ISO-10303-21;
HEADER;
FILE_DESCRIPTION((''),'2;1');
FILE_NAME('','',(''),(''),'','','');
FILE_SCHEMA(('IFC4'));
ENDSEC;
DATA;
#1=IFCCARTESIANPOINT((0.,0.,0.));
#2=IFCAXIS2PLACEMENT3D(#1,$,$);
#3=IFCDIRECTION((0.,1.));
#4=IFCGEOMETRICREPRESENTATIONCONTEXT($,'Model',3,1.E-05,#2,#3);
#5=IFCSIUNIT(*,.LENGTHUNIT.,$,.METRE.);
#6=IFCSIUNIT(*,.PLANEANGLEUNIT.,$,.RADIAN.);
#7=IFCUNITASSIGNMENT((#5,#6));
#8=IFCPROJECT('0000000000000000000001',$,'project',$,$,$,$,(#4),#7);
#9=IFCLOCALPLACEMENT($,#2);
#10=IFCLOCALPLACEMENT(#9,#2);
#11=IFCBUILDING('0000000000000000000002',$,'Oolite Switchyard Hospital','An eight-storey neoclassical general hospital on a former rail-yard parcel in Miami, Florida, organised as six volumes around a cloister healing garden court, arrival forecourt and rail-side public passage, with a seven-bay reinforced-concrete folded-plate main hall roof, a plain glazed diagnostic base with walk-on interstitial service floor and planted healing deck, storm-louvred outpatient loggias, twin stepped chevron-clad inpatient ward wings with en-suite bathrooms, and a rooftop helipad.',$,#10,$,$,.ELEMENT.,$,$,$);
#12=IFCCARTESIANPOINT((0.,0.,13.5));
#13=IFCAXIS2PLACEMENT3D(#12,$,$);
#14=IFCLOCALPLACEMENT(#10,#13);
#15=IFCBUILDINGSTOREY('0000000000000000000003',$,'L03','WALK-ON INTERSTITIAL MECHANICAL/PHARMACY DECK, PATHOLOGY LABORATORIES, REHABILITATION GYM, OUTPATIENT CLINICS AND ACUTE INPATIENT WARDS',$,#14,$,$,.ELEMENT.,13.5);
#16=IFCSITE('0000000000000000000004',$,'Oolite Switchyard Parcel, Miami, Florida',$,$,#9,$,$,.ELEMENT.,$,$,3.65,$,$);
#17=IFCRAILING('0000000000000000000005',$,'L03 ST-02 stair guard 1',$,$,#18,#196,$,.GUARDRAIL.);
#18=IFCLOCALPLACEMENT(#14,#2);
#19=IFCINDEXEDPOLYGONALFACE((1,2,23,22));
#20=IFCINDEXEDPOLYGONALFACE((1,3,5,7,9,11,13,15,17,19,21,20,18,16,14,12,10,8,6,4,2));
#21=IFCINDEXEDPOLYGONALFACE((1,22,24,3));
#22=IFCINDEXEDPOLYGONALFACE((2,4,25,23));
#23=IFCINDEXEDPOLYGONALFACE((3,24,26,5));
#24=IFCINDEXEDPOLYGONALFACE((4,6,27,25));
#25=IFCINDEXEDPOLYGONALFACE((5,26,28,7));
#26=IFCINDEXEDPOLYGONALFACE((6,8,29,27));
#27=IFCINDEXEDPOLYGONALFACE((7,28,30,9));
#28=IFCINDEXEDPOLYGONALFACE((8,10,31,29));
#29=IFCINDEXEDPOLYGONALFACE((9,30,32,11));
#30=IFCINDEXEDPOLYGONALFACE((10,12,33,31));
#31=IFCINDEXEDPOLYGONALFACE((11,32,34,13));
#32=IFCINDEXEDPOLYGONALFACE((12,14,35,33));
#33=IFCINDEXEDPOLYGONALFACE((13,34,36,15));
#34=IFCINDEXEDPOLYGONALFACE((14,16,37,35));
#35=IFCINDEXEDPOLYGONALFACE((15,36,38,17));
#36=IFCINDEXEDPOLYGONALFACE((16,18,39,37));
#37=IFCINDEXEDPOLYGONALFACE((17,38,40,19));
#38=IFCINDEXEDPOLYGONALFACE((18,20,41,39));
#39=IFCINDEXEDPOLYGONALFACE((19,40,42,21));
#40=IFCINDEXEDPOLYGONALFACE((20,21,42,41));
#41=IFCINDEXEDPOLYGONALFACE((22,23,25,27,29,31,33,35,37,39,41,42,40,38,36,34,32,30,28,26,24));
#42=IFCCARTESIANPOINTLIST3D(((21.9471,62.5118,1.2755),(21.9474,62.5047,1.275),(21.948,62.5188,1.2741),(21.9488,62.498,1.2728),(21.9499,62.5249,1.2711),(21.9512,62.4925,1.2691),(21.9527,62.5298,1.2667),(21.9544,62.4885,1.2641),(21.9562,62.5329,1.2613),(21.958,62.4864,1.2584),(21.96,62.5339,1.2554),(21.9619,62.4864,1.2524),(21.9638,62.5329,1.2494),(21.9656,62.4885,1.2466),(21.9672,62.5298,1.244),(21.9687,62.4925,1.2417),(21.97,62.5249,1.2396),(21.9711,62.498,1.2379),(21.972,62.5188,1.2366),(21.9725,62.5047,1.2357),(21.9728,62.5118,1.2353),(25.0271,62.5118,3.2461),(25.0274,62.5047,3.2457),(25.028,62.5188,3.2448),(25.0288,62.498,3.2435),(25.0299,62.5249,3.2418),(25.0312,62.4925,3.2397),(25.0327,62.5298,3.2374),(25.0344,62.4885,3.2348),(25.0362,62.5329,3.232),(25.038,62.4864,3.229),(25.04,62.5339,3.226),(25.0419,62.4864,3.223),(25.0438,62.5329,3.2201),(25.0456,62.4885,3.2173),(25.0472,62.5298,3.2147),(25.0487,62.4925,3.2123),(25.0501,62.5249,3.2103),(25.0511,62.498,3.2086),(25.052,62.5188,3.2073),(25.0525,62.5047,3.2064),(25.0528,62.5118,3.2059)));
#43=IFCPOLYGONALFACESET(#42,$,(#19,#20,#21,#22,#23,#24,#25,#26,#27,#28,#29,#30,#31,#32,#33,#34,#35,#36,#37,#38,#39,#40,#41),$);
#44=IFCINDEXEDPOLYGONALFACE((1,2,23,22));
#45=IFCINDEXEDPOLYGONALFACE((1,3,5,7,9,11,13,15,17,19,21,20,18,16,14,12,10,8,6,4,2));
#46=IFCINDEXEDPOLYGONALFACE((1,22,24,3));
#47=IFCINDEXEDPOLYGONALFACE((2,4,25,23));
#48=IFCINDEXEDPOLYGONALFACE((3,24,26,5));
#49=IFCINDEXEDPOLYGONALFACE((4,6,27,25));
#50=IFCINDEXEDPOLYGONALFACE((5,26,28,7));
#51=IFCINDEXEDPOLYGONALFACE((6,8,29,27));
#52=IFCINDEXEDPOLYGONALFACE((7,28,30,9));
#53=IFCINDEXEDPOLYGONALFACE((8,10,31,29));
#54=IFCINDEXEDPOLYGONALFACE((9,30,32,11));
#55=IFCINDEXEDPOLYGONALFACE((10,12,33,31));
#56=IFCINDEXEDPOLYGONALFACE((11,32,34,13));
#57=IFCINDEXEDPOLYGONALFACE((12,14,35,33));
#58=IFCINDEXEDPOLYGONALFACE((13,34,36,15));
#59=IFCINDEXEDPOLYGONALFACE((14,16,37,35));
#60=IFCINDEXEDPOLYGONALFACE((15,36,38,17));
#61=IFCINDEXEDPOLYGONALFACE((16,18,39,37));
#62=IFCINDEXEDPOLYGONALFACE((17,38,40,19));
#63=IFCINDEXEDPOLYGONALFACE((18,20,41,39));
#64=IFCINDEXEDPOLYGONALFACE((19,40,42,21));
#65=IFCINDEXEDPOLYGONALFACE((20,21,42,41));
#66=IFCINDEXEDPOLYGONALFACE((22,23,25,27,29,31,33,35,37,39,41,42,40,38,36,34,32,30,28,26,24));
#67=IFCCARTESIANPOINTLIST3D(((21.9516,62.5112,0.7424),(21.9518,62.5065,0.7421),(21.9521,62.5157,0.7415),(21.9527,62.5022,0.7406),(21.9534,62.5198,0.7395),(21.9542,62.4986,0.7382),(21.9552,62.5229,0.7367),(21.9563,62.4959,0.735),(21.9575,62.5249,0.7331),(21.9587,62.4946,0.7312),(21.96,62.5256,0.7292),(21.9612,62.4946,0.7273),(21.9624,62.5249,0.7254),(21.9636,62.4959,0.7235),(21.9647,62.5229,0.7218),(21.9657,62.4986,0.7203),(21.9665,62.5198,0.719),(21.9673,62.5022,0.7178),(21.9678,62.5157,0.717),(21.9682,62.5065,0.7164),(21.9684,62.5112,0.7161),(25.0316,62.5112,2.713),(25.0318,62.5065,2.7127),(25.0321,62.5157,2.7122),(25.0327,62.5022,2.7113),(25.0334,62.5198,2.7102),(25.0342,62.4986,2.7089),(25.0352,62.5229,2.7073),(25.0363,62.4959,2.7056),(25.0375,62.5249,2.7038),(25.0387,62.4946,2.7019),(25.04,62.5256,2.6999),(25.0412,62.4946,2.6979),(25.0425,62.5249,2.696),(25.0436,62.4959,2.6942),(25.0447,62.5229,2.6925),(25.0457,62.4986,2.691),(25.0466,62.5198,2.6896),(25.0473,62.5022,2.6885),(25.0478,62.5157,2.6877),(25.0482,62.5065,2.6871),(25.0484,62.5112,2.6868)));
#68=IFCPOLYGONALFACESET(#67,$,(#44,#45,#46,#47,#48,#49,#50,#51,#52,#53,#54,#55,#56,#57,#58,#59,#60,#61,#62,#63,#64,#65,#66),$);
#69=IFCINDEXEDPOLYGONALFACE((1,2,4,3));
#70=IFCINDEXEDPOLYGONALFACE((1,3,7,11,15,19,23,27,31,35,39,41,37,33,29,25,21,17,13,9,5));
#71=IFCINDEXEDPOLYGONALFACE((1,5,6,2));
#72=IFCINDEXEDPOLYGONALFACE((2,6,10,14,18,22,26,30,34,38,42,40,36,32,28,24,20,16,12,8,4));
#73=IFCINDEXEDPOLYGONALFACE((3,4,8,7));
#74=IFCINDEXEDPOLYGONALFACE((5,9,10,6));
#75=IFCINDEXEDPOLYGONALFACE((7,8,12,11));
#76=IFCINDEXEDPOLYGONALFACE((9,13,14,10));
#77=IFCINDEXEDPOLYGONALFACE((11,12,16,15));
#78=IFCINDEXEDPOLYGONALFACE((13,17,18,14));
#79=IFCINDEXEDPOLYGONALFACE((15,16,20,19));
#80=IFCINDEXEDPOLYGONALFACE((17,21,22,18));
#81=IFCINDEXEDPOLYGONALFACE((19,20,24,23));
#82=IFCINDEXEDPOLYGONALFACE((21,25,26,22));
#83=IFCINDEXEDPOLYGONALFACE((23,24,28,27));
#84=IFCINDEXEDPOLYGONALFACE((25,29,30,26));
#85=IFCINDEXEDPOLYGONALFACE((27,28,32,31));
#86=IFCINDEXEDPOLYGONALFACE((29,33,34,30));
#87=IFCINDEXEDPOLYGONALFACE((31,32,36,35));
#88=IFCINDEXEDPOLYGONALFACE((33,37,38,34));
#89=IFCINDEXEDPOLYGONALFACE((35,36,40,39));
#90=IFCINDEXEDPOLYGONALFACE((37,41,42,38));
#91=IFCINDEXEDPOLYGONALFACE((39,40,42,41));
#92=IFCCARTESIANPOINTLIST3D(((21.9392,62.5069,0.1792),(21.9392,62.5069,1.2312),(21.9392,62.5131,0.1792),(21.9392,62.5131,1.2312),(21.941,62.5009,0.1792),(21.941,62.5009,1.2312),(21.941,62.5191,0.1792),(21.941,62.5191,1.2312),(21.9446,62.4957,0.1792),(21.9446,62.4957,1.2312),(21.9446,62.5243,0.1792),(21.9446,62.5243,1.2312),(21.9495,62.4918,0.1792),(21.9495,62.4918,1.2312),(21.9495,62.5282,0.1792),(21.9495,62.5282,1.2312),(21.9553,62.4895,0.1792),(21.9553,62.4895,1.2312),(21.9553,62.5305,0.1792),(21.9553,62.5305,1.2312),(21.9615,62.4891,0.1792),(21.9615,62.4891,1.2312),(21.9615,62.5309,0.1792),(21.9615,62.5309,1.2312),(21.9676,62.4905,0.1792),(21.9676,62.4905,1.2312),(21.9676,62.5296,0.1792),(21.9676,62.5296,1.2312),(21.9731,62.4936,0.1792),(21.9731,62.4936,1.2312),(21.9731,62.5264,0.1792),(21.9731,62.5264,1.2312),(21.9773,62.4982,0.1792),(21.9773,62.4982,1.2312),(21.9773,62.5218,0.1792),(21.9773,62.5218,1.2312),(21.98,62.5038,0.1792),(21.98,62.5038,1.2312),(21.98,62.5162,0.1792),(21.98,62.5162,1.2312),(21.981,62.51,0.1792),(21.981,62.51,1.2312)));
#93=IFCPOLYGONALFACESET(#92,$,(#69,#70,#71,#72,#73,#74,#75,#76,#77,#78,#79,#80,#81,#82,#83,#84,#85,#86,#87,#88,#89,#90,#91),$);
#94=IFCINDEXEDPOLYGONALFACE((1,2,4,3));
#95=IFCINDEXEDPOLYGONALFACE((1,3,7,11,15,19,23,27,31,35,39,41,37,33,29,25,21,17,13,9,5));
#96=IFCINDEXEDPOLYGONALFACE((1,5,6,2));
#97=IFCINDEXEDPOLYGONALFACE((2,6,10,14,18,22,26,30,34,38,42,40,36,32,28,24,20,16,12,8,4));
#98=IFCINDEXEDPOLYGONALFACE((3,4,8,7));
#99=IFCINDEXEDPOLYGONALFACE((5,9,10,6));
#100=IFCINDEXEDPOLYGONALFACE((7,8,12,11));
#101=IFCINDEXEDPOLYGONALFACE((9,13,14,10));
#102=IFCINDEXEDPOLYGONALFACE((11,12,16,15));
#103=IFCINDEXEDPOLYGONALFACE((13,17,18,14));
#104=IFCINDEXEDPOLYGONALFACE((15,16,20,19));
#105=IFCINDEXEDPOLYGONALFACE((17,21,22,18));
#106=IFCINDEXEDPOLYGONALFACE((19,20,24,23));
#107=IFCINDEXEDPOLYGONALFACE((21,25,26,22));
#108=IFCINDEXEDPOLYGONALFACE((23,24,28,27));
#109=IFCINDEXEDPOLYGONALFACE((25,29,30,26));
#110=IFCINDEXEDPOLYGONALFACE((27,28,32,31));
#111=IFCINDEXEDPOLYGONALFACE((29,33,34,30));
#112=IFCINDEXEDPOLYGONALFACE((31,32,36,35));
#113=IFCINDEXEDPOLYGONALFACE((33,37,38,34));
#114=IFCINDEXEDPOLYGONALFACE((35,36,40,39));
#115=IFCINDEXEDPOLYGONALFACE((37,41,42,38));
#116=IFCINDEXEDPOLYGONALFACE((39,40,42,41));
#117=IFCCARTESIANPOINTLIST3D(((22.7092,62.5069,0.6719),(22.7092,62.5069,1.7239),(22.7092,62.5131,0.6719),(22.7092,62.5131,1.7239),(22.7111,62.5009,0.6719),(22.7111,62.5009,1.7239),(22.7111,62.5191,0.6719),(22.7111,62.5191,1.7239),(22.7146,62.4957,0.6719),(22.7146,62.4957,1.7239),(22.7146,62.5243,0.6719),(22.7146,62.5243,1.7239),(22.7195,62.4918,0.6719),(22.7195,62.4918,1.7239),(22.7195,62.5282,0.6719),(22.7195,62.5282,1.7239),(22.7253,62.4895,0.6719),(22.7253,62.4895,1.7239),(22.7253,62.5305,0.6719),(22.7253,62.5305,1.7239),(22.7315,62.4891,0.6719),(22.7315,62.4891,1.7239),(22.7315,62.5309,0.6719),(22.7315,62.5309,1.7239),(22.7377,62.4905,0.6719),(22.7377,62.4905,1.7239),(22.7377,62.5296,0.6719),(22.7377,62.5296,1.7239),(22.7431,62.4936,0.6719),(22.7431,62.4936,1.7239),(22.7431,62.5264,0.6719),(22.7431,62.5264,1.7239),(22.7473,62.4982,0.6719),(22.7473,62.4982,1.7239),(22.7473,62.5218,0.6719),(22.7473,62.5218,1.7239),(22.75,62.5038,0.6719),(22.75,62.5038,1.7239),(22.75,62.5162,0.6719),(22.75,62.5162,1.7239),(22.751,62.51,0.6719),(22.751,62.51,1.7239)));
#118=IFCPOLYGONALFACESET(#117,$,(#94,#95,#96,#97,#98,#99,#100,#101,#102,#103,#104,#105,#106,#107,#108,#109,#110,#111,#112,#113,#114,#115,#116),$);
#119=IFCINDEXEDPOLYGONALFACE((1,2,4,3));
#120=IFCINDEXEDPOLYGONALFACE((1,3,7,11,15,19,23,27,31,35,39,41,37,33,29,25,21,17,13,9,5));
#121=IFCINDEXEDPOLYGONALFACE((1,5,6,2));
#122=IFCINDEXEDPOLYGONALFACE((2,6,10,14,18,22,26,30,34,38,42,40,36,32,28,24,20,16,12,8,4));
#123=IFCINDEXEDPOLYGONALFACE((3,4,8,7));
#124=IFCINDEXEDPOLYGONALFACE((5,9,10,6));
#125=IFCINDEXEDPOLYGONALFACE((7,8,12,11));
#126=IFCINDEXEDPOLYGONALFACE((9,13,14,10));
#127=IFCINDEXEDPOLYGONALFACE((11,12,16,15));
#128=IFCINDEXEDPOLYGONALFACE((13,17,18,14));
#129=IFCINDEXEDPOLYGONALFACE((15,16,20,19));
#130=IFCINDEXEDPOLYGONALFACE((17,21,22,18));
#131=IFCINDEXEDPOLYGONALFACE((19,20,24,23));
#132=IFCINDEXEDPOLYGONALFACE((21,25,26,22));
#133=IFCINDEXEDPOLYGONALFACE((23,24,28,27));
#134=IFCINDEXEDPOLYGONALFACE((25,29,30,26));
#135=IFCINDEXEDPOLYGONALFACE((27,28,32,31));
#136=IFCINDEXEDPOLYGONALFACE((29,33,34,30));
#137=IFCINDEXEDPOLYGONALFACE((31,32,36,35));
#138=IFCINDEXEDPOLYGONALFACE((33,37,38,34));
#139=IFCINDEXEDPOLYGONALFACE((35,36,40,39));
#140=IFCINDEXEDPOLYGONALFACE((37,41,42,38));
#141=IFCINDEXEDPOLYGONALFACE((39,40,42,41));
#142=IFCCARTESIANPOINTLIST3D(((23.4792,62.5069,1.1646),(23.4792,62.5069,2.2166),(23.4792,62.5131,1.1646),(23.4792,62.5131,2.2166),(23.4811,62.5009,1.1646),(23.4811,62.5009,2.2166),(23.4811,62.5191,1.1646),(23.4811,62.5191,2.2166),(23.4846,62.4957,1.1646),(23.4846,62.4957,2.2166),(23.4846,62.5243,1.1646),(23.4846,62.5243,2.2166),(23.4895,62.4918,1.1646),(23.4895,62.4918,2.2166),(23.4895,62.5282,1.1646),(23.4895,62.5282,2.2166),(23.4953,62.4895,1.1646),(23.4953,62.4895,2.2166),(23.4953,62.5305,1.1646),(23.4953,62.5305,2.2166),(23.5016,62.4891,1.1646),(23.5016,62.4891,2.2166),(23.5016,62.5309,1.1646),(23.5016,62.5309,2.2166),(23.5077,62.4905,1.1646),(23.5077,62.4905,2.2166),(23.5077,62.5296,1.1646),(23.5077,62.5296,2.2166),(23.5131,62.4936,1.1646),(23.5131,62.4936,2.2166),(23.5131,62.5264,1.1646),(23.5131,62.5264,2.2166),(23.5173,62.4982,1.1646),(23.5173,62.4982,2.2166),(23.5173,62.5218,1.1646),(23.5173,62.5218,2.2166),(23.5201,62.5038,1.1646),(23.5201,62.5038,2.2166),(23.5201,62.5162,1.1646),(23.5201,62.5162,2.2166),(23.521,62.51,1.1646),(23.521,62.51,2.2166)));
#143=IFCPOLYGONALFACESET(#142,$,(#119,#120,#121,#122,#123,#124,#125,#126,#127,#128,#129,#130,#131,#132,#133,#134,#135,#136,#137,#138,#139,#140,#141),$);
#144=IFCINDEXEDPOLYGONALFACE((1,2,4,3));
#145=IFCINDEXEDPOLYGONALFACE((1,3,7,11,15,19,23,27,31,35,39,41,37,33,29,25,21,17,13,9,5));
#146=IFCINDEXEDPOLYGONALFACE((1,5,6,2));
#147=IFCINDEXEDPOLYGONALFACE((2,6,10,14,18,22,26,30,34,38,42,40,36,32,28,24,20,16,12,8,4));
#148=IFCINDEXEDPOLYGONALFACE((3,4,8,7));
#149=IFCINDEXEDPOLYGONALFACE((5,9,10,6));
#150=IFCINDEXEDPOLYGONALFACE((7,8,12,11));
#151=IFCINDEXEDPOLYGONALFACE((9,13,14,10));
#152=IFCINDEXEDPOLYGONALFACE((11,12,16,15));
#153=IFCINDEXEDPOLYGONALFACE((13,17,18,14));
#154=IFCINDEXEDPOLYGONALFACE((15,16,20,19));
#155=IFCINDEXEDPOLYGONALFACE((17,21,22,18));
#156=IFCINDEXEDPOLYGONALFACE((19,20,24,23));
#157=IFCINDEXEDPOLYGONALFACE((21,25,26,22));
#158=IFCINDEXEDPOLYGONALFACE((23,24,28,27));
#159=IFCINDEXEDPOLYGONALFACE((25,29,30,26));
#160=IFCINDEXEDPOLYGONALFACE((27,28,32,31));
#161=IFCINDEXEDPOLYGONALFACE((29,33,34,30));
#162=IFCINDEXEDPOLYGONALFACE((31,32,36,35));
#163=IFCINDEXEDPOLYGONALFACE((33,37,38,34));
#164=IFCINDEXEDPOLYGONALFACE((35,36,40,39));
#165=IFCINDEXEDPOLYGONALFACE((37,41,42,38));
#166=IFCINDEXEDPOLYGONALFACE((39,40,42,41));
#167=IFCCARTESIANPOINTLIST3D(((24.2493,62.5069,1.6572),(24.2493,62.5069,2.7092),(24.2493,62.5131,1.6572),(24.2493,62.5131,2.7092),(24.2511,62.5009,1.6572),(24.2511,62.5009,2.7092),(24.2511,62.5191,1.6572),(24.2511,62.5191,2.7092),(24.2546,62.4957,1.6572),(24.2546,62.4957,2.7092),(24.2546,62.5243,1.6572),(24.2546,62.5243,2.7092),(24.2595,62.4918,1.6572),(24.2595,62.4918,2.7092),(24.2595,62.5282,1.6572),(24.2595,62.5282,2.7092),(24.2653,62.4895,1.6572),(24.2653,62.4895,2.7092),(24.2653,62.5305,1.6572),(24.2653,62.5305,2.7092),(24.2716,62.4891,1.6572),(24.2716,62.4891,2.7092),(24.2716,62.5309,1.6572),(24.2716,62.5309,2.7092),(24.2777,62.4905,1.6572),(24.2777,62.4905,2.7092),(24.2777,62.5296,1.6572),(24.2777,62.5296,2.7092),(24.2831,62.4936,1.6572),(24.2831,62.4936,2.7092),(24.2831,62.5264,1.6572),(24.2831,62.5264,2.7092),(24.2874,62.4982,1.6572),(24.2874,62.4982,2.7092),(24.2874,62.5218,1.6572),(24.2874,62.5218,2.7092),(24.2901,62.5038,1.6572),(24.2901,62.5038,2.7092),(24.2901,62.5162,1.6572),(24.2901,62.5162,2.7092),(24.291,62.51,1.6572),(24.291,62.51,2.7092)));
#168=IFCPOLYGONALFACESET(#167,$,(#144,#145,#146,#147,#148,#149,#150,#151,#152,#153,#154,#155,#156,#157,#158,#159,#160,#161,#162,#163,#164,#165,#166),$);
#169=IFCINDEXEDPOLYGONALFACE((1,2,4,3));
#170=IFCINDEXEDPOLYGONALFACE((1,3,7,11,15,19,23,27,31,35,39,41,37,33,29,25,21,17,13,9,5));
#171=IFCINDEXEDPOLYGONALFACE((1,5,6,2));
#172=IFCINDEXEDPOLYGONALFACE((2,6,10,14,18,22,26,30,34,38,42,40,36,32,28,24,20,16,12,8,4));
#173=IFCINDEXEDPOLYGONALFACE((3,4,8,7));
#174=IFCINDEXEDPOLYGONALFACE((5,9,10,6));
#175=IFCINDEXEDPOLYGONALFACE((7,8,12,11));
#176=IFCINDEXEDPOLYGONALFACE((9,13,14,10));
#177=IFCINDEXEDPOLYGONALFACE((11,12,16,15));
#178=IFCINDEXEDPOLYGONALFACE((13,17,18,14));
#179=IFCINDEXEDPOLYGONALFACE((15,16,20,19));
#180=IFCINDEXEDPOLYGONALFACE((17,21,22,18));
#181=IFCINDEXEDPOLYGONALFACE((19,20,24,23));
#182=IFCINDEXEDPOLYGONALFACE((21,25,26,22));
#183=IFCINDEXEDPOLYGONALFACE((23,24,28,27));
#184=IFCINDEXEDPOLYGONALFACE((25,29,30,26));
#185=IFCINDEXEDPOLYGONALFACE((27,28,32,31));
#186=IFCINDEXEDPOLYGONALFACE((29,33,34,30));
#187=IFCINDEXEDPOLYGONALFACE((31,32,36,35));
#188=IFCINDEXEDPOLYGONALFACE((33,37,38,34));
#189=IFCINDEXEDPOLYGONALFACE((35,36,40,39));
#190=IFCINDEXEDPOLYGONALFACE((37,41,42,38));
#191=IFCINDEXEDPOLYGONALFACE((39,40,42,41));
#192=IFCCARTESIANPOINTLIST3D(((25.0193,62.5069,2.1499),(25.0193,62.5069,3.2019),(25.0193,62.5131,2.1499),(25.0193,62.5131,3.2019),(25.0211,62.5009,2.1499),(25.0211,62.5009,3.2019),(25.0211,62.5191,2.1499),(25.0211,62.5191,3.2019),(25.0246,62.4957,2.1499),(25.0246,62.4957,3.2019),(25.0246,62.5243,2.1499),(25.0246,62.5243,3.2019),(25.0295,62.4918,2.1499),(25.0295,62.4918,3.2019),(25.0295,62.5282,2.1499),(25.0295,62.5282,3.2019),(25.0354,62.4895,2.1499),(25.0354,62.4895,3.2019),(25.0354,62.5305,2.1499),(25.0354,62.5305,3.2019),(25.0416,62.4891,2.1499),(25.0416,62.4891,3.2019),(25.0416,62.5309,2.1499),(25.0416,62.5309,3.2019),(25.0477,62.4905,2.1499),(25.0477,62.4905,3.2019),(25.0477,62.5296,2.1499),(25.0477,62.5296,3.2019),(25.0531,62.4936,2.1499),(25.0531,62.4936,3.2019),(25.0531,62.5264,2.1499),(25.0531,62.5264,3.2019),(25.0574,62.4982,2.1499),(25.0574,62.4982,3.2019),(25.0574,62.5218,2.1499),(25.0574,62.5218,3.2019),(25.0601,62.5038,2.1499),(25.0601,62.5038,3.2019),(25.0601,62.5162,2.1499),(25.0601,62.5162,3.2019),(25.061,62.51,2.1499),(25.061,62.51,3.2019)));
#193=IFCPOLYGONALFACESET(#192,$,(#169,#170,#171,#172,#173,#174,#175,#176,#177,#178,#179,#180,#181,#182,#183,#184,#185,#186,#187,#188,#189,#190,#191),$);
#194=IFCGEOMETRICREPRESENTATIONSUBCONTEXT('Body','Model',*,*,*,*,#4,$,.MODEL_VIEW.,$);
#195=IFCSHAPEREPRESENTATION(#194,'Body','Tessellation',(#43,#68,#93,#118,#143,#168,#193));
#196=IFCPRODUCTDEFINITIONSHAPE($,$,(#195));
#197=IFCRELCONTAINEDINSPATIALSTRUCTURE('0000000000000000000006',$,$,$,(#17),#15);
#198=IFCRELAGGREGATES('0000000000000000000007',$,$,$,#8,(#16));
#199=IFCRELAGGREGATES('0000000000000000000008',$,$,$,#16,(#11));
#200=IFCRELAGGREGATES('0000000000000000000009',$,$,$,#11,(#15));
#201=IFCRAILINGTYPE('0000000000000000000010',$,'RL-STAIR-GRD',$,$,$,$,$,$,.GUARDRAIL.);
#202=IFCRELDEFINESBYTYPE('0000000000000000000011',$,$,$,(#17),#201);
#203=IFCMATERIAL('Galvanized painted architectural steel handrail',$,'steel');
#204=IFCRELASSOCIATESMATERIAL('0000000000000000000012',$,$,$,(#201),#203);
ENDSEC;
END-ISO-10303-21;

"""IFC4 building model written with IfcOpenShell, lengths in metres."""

from ifc_helpers import new_model, si_unit, direction, frame, origin, origin_2d, place, context, subcontext, project, spatial, circle, extrude, material, type_object, element, save


model = new_model("IFC4")

# Units and contexts
model_context = context("Model", 3, precision=1e-05, world=origin(), true_north=direction((0.0, 1.0)))
body_context = subcontext(model_context, "Body", "Model", "MODEL_VIEW")
ifc_project = project(units=[si_unit("LENGTHUNIT", "METRE"), si_unit("PLANEANGLEUNIT", "RADIAN")], contexts=[model_context])

# Site, building, storey
site_placement = place(None, origin())
site = spatial("IfcSite", under=ifc_project, at=site_placement, Name="Oolite Switchyard Parcel, Miami, Florida", CompositionType="ELEMENT", RefElevation=3.65)
building_placement = place(site_placement, origin())
building = spatial("IfcBuilding", under=site, at=building_placement, Name="Oolite Switchyard Hospital", Description="An eight-storey neoclassical general hospital on a former rail-yard parcel in Miami, Florida, organised as six volumes around a cloister healing garden court, arrival forecourt and rail-side public passage, with a seven-bay reinforced-concrete folded-plate main hall roof, a plain glazed diagnostic base with walk-on interstitial service floor and planted healing deck, storm-louvred outpatient loggias, twin stepped chevron-clad inpatient ward wings with en-suite bathrooms, and a rooftop helipad.", CompositionType="ELEMENT")
storey_placement = place(building_placement, frame((0.0, 0.0, 13.5)))
storey = spatial("IfcBuildingStorey", under=building, at=storey_placement, Name="L03", Description="WALK-ON INTERSTITIAL MECHANICAL/PHARMACY DECK, PATHOLOGY LABORATORIES, REHABILITATION GYM, OUTPATIENT CLINICS AND ACUTE INPATIENT WARDS", CompositionType="ELEMENT", Elevation=13.5)

# Railing
ifc_material_1 = material(Name="Galvanized painted architectural steel handrail", Category="steel")
railing_type_1 = type_object("IfcRailingType", Name="RL-STAIR-GRD", PredefinedType="GUARDRAIL", material=ifc_material_1)
railing_1_placement = place(storey_placement, frame((21.96, 62.51, 0.1792)))
element("IfcRailing", 1, at=railing_1_placement, inside=storey, type_object=railing_type_1, Name="L03 ST-02 stair guard 1", PredefinedType="GUARDRAIL", context=body_context, shape_type="SweptSolid", body=[
    extrude(circle(Radius=0.0239, at=origin_2d()), frame((0.0, 0.0, 1.0762), z_axis=(0.842339, 0.0, 0.538948), x_axis=(0.0, 1.0, 0.0)), (0.0, 0.0, 1.0), 3.6565),
    extrude(circle(Radius=0.0156, at=origin_2d()), frame((0.0, 0.0, 0.55), z_axis=(0.842339, 0.0, 0.538948), x_axis=(0.0, 1.0, 0.0)), (0.0, 0.0, 1.0), 3.6565),
    extrude(circle(Radius=0.021, at=origin_2d()), origin(), (0.0, 0.0, 1.0), 1.052),
    extrude(circle(Radius=0.021, at=origin_2d()), frame((0.77, 0.0, 0.4927)), (0.0, 0.0, 1.0), 1.052),
    extrude(circle(Radius=0.021, at=origin_2d()), frame((1.54, 0.0, 0.9854)), (0.0, 0.0, 1.0), 1.052),
    extrude(circle(Radius=0.021, at=origin_2d()), frame((2.3101, 0.0, 1.478)), (0.0, 0.0, 1.0), 1.052),
    extrude(circle(Radius=0.021, at=origin_2d()), frame((3.0801, 0.0, 1.9707)), (0.0, 0.0, 1.0), 1.052),
])

save(model, "model.ifc")
